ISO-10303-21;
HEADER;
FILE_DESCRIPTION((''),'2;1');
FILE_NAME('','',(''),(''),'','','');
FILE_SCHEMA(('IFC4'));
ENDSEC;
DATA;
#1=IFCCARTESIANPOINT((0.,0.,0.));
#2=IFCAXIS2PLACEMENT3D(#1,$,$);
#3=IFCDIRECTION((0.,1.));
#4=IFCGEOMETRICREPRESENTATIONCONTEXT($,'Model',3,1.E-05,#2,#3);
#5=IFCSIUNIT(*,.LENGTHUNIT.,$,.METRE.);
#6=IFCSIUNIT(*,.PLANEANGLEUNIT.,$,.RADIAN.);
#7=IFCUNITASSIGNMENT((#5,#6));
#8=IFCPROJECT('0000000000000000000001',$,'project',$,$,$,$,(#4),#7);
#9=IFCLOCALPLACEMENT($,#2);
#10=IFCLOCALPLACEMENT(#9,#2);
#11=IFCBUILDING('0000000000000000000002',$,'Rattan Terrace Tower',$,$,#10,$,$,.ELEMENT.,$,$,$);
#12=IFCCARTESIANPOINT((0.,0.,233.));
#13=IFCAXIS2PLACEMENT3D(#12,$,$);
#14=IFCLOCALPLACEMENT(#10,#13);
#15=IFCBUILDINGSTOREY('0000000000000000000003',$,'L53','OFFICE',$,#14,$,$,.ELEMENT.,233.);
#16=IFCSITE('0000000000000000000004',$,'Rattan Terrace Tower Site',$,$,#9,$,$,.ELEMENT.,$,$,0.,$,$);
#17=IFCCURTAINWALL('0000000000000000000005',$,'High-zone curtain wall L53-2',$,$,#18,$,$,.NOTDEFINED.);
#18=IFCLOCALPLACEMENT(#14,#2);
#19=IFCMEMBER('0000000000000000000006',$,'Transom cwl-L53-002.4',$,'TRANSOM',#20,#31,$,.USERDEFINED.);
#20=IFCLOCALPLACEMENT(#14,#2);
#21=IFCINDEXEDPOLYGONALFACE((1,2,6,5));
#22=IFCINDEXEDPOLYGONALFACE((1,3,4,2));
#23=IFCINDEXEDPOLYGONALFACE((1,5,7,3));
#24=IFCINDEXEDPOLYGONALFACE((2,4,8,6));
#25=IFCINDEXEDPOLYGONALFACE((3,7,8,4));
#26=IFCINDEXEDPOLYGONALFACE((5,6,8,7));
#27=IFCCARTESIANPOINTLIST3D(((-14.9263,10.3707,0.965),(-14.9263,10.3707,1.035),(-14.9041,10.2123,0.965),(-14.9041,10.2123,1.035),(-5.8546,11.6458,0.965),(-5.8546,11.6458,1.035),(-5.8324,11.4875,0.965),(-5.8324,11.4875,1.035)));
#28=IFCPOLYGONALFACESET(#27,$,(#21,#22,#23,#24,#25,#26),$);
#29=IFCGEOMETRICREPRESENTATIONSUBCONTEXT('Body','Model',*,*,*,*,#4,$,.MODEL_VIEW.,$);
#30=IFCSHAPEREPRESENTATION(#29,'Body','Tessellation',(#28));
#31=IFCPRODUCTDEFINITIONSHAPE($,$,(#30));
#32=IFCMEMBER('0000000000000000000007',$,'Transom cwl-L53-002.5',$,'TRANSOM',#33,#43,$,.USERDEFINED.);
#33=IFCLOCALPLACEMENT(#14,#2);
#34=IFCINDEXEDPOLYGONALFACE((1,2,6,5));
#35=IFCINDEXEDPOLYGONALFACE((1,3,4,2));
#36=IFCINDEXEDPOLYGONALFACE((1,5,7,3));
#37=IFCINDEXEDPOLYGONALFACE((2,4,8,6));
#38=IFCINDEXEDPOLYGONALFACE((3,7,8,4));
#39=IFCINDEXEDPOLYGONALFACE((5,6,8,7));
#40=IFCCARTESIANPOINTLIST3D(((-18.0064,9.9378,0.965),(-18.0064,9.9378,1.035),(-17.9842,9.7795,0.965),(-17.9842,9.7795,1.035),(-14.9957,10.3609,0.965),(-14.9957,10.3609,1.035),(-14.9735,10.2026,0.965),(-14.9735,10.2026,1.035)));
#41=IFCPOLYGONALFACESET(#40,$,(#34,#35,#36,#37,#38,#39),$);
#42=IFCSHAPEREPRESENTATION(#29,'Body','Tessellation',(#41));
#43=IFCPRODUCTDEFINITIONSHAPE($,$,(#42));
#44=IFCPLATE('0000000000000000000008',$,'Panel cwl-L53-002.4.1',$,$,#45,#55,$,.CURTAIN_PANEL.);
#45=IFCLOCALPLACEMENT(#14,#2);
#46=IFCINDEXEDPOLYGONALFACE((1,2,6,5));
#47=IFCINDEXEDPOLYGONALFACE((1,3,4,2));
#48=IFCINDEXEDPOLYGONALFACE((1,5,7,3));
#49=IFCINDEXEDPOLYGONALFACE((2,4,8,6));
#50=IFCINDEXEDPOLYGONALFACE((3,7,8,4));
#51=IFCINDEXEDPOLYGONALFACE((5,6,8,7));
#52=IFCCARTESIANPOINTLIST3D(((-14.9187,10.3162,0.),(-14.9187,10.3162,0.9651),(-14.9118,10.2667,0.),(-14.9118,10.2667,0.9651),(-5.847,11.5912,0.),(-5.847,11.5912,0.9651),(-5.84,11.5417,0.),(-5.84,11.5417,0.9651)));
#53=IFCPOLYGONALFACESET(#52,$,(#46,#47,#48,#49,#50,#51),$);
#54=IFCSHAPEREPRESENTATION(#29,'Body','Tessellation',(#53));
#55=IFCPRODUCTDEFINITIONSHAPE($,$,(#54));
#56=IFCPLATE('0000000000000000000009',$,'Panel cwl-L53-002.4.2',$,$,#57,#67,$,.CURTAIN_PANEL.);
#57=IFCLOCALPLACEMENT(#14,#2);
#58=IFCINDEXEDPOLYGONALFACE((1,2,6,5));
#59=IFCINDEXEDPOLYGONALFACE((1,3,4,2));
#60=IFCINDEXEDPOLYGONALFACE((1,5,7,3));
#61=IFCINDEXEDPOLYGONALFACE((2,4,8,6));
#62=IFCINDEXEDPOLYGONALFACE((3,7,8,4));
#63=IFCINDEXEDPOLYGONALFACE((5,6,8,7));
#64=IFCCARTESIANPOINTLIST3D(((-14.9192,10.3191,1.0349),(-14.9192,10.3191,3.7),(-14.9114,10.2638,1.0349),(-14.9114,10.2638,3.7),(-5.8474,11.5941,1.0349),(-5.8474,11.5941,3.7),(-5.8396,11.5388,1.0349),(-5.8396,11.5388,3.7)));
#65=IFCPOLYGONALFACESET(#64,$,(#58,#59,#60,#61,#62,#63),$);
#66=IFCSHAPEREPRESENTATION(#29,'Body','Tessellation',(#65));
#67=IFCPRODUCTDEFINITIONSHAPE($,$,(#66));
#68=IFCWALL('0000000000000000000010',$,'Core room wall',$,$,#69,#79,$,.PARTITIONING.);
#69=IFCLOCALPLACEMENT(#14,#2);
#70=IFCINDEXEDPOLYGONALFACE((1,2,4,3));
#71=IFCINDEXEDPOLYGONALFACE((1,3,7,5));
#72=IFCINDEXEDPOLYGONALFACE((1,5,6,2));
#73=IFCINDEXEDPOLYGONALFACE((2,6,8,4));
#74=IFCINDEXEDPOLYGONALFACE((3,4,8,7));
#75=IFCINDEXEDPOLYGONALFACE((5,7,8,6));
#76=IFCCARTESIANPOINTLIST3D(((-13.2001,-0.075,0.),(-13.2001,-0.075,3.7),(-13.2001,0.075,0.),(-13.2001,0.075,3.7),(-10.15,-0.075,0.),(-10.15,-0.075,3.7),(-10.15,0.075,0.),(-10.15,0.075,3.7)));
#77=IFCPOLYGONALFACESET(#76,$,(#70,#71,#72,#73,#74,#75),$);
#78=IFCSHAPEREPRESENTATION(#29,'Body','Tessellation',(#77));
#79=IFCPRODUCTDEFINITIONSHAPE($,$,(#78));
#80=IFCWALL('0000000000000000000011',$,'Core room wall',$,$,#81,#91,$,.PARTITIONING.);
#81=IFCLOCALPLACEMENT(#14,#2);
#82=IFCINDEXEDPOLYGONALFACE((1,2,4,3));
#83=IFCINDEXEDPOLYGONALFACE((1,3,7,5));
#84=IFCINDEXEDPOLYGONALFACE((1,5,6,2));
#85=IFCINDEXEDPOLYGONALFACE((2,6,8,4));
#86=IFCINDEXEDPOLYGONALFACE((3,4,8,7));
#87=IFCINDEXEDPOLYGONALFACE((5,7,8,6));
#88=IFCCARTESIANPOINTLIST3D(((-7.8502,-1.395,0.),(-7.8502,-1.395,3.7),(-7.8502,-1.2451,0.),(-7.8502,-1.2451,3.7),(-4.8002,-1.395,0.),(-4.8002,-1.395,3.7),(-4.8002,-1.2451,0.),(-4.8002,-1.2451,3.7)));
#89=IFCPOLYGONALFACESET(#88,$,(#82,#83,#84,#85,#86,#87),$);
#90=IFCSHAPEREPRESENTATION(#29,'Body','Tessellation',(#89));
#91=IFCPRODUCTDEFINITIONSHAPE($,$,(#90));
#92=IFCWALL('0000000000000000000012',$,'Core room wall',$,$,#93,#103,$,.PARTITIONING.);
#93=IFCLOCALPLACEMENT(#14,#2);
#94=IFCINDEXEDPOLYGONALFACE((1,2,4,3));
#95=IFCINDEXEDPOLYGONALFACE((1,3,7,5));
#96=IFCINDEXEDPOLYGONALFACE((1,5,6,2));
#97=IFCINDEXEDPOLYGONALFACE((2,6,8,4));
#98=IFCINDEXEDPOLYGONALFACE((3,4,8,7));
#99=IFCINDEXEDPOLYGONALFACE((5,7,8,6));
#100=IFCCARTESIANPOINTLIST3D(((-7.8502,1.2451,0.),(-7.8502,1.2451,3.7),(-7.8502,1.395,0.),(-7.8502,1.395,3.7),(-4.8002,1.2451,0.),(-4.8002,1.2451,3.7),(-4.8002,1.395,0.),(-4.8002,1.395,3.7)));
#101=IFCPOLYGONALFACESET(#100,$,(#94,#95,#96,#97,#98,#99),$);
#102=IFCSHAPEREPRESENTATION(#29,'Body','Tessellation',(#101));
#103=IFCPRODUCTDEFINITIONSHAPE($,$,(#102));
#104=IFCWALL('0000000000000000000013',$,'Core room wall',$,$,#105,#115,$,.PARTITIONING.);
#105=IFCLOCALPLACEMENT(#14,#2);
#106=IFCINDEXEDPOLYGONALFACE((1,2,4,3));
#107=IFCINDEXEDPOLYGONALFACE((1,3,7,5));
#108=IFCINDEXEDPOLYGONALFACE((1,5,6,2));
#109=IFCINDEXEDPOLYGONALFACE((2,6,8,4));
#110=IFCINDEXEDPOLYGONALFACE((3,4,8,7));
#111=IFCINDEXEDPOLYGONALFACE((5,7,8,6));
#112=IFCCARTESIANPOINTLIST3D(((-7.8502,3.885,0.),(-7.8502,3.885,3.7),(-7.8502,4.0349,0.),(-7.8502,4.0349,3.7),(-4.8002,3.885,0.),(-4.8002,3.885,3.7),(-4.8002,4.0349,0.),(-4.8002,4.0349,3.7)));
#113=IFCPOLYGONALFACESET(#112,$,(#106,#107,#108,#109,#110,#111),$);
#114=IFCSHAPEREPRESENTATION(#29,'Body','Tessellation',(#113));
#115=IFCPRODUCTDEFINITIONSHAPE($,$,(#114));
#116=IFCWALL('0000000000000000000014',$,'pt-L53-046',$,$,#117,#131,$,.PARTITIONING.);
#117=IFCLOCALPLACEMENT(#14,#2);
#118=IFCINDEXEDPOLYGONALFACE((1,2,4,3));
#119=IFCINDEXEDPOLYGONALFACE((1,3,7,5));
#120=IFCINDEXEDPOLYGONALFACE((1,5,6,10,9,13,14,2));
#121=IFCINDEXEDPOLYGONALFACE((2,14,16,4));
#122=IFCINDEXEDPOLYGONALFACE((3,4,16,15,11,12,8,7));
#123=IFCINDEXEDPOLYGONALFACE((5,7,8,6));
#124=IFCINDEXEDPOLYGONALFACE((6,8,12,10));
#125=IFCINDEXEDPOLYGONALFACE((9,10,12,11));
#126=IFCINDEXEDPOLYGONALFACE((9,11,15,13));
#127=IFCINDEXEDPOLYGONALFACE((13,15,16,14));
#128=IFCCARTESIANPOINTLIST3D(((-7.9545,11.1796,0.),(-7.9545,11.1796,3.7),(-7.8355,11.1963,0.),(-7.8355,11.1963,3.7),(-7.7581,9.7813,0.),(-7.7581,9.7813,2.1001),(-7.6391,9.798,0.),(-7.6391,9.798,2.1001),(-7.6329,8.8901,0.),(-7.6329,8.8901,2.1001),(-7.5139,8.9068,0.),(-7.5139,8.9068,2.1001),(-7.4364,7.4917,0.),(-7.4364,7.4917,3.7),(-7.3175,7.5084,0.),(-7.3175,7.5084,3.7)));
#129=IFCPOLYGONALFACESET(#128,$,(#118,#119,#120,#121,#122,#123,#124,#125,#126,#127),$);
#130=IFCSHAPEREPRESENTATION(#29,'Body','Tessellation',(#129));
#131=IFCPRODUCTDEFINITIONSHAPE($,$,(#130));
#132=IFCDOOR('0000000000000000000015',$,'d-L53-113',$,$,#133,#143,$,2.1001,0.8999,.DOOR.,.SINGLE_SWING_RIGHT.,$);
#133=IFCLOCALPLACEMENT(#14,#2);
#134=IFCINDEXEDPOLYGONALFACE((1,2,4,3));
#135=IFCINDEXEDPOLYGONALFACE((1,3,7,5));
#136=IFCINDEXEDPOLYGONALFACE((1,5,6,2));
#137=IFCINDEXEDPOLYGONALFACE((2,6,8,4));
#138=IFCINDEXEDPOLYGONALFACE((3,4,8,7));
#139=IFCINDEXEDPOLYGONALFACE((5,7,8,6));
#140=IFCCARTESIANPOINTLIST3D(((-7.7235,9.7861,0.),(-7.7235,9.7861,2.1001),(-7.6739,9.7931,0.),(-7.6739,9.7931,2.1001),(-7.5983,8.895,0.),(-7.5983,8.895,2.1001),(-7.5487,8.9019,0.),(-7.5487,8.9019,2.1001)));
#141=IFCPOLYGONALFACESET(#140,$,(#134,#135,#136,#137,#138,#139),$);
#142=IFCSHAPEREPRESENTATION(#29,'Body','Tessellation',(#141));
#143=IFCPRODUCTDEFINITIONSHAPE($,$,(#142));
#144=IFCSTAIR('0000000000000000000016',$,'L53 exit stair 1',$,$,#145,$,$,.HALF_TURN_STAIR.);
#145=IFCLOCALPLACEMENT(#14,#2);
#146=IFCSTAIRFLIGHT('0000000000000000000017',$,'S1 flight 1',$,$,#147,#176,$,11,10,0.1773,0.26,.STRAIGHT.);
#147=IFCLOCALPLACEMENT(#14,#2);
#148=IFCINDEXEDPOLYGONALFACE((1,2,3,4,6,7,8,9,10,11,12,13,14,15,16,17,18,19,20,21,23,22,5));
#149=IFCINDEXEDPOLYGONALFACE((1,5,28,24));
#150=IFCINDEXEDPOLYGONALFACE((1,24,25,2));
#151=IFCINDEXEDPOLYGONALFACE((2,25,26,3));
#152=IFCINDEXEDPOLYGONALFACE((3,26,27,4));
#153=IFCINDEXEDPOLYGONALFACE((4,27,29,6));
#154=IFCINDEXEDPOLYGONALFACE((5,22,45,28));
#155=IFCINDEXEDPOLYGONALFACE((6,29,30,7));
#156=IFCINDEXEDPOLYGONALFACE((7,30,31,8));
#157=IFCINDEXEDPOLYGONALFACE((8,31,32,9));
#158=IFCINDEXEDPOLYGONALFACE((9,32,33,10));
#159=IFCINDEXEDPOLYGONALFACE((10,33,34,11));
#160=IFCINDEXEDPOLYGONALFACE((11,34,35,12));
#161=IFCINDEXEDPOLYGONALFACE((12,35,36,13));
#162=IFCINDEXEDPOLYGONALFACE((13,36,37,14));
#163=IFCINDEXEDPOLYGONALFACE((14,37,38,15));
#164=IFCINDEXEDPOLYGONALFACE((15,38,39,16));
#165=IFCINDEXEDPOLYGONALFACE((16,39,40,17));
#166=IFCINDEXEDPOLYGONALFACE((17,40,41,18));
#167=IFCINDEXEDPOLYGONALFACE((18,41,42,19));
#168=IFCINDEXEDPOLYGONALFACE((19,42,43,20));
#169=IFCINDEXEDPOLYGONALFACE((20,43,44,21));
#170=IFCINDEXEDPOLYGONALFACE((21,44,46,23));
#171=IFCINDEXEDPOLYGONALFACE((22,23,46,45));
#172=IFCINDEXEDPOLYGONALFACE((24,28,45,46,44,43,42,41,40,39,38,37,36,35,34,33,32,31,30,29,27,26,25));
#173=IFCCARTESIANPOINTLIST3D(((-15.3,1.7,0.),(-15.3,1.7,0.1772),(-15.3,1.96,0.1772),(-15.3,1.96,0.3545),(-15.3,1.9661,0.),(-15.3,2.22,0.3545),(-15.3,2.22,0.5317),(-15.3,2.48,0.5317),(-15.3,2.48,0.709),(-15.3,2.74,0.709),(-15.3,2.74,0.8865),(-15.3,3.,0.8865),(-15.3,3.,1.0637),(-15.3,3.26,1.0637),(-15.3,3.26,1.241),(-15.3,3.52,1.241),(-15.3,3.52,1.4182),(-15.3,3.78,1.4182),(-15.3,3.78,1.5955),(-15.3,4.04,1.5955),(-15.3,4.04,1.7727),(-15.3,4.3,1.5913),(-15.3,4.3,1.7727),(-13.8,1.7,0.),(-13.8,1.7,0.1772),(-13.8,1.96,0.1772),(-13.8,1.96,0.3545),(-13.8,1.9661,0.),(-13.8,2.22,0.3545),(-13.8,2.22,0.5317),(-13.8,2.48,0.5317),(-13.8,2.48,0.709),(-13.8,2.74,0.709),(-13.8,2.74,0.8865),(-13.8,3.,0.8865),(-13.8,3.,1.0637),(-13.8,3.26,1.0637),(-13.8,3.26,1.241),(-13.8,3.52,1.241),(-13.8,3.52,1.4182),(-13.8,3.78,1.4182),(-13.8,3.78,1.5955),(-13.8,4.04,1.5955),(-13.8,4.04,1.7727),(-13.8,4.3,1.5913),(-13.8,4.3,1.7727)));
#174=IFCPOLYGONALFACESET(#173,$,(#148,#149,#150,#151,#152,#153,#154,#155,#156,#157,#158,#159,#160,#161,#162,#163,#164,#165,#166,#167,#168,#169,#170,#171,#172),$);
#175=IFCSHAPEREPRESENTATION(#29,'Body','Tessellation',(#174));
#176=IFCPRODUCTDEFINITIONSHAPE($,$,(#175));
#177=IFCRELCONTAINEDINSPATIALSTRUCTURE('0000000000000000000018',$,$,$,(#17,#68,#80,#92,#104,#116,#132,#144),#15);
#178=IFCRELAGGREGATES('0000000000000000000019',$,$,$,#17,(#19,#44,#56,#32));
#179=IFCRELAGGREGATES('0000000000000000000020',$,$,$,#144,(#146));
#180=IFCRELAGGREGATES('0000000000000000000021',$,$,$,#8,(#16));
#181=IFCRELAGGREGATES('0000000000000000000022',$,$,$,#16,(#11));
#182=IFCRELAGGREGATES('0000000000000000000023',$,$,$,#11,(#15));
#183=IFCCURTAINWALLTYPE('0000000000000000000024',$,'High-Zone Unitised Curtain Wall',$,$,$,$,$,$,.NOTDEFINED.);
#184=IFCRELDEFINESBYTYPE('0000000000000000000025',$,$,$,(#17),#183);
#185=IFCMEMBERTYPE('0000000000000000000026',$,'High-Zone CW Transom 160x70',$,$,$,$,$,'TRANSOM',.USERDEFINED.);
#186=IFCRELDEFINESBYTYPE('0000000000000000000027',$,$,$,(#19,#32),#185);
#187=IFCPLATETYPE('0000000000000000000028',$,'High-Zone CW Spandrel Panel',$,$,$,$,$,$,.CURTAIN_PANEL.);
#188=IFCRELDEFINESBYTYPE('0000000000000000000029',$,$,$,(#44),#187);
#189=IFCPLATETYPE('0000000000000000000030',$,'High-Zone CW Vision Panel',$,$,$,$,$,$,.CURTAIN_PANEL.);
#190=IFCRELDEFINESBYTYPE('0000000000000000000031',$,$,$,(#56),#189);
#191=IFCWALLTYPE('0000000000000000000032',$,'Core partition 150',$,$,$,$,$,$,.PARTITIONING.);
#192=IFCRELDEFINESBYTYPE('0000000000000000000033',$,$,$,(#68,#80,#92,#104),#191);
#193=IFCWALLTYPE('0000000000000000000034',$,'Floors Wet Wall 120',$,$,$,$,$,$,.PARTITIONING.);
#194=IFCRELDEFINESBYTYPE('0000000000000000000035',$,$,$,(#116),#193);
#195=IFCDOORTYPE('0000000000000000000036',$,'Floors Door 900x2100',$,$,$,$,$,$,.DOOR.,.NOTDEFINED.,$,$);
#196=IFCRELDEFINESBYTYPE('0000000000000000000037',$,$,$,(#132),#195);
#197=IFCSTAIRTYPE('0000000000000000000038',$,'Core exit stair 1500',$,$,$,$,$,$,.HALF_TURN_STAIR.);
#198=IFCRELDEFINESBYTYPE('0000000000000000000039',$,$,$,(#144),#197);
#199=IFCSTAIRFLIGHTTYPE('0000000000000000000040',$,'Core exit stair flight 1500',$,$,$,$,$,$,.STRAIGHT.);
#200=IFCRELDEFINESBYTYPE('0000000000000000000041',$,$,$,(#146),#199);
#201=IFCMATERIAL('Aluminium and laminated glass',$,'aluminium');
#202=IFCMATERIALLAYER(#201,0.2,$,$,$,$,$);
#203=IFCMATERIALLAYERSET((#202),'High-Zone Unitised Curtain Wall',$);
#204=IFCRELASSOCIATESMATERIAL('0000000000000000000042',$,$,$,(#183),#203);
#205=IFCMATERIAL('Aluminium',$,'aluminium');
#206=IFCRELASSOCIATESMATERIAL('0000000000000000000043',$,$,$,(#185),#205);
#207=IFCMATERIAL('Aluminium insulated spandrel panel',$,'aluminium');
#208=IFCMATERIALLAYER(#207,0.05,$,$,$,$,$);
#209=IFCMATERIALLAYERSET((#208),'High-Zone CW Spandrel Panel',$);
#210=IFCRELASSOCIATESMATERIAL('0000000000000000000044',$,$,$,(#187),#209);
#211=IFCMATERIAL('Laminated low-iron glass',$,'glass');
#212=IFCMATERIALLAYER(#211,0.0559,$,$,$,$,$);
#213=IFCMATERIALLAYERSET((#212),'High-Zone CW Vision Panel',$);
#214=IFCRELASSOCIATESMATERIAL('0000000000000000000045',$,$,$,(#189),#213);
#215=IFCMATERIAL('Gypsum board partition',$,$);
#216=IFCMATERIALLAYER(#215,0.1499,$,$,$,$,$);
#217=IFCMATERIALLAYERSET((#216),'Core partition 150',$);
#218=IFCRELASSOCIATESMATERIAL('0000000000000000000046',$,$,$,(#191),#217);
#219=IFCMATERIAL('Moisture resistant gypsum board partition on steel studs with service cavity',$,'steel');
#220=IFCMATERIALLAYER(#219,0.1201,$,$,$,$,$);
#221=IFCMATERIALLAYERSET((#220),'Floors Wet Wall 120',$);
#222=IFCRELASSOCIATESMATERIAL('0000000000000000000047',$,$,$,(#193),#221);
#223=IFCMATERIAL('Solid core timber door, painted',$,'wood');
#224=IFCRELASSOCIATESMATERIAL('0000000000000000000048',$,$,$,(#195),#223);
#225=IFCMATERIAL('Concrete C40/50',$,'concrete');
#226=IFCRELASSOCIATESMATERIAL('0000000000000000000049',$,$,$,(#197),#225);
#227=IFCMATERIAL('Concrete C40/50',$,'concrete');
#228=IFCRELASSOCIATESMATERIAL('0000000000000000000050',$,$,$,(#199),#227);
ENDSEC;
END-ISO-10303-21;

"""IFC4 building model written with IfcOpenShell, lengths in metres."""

from ifc_helpers import new_model, si_unit, direction, frame, frame_2d, origin, origin_2d, place, context, subcontext, project, spatial, polyline, rectangle, outline, extrude, material, layer, layer_set, material_profile, profile_set, type_object, element, fill, aggregate, save


model = new_model("IFC4")

# Units and contexts
model_context = context("Model", 3, precision=1e-05, world=origin(), true_north=direction((0.0, 1.0)))
body_context = subcontext(model_context, "Body", "Model", "MODEL_VIEW")
ifc_project = project(units=[si_unit("LENGTHUNIT", "METRE"), si_unit("PLANEANGLEUNIT", "RADIAN")], contexts=[model_context])

# Site, building, storey
site_placement = place(None, origin())
site = spatial("IfcSite", under=ifc_project, at=site_placement, Name="Rattan Terrace Tower Site", CompositionType="ELEMENT", RefElevation=0.0)
building_placement = place(site_placement, origin())
building = spatial("IfcBuilding", under=site, at=building_placement, Name="Rattan Terrace Tower", CompositionType="ELEMENT")
storey_placement = place(building_placement, frame((0.0, 0.0, 233.0)))
storey = spatial("IfcBuildingStorey", under=building, at=storey_placement, Name="L53", Description="OFFICE", CompositionType="ELEMENT", Elevation=233.0)

# Curtain wall, members, plates
ifc_material_1 = material(Name="Aluminium and laminated glass", Category="aluminium")
ifc_layer_1 = layer(ifc_material_1, 0.2)
ifc_layer_set_1 = layer_set([ifc_layer_1], Name="High-Zone Unitised Curtain Wall")
curtain_wall_type = type_object("IfcCurtainWallType", Name="High-Zone Unitised Curtain Wall", PredefinedType="NOTDEFINED", material=ifc_layer_set_1)
curtain_wall_placement = place(storey_placement, origin())
curtain_wall = element("IfcCurtainWall", 1, at=curtain_wall_placement, inside=storey, type_object=curtain_wall_type, Name="High-zone curtain wall L53-2", PredefinedType="NOTDEFINED")
ifc_material_2 = material(Name="Aluminium", Category="aluminium")
ifc_material_profile_1 = material_profile(ifc_material_2, rectangle(XDim=0.1599, YDim=0.0701, at=origin_2d()), Name="Aluminium 160x70")
ifc_profile_set_1 = profile_set([ifc_material_profile_1], Name="Aluminium")
member_type_1 = type_object("IfcMemberType", Name="High-Zone CW Transom 160x70", ElementType="TRANSOM", PredefinedType="USERDEFINED", material=ifc_profile_set_1)
member_1_placement = place(storey_placement, frame((-5.8435, 11.5667, 1.0), z_axis=(-0.990265, -0.139194, 0.0), x_axis=(0.139194, -0.990265, 0.0)))
member_1 = element("IfcMember", 2, at=member_1_placement, type_object=member_type_1, Name="Transom cwl-L53-002.4", ObjectType="TRANSOM", PredefinedType="USERDEFINED", context=body_context, shape_type="SweptSolid", body=[
    extrude(rectangle(XDim=0.1599, YDim=0.0701, at=origin_2d()), origin(), (0.0, 0.0, 1.0), 9.1609),
])
member_2_placement = place(storey_placement, frame((-14.9846, 10.2817, 1.0), z_axis=(-0.99027, -0.139161, 0.0), x_axis=(0.139161, -0.99027, 0.0)))
member_2 = element("IfcMember", 3, at=member_2_placement, type_object=member_type_1, Name="Transom cwl-L53-002.5", ObjectType="TRANSOM", PredefinedType="USERDEFINED", context=body_context, shape_type="SweptSolid", body=[
    extrude(rectangle(XDim=0.1599, YDim=0.0701, at=origin_2d()), origin(), (0.0, 0.0, 1.0), 3.0403),
])
ifc_material_3 = material(Name="Aluminium insulated spandrel panel", Category="aluminium")
ifc_layer_2 = layer(ifc_material_3, 0.05)
ifc_layer_set_2 = layer_set([ifc_layer_2], Name="High-Zone CW Spandrel Panel")
plate_type_1 = type_object("IfcPlateType", Name="High-Zone CW Spandrel Panel", PredefinedType="CURTAIN_PANEL", material=ifc_layer_set_2)
plate_1_placement = place(storey_placement, frame((-10.3794, 10.929, 0.0), z_axis=(0.0, 0.0, 1.0), x_axis=(-0.990267, -0.139177, 0.0)))
plate_1 = element("IfcPlate", 4, at=plate_1_placement, type_object=plate_type_1, Name="Panel cwl-L53-002.4.1", PredefinedType="CURTAIN_PANEL", context=body_context, shape_type="SweptSolid", body=[
    extrude(rectangle(XDim=9.1609, YDim=0.05, at=origin_2d()), origin(), (0.0, 0.0, 1.0), 0.9651),
])
ifc_material_4 = material(Name="Laminated low-iron glass", Category="glass")
ifc_layer_3 = layer(ifc_material_4, 0.0559)
ifc_layer_set_3 = layer_set([ifc_layer_3], Name="High-Zone CW Vision Panel")
plate_type_2 = type_object("IfcPlateType", Name="High-Zone CW Vision Panel", PredefinedType="CURTAIN_PANEL", material=ifc_layer_set_3)
plate_2_placement = place(storey_placement, frame((-10.3794, 10.929, 1.0349), z_axis=(0.0, 0.0, 1.0), x_axis=(-0.990267, -0.139177, 0.0)))
plate_2 = element("IfcPlate", 5, at=plate_2_placement, type_object=plate_type_2, Name="Panel cwl-L53-002.4.2", PredefinedType="CURTAIN_PANEL", context=body_context, shape_type="SweptSolid", body=[
    extrude(rectangle(XDim=9.1609, YDim=0.0559, at=origin_2d()), origin(), (0.0, 0.0, 1.0), 2.665),
])
aggregate(curtain_wall, [member_1, plate_1, plate_2, member_2])

# Walls
ifc_material_5 = material(Name="Gypsum board partition")
ifc_layer_4 = layer(ifc_material_5, 0.1499)
ifc_layer_set_4 = layer_set([ifc_layer_4], Name="Core partition 150")
wall_type_1 = type_object("IfcWallType", Name="Core partition 150", PredefinedType="PARTITIONING", material=ifc_layer_set_4)
for number, where, z_axis, x_axis, name in (
    (6, (-13.2, 0.0, 0.0), (0.0, 0.0, 1.0), (1.0, 0.0, 0.0), "Core room wall"),
    (7, (-7.8501, -1.3201, 0.0), (0.0, 0.0, 1.0), (1.0, 0.0, 0.0), "Core room wall"),
    (8, (-7.8501, 1.3201, 0.0), (0.0, 0.0, 1.0), (1.0, 0.0, 0.0), "Core room wall"),
    (9, (-7.8501, 3.96, 0.0), (0.0, 0.0, 1.0), (1.0, 0.0, 0.0), "Core room wall"),
):
    element("IfcWall", number, at=place(storey_placement, frame(where, z_axis=z_axis, x_axis=x_axis)), inside=storey, type_object=wall_type_1, Name=name, PredefinedType="PARTITIONING", context=body_context, shape_type="SweptSolid", body=[
        extrude(rectangle(XDim=3.05, YDim=0.1499, at=frame_2d((1.5249, 0.0))), origin(), (0.0, 0.0, 1.0), 3.7),
    ])

# Wall, opening, door
ifc_material_6 = material(Name="Moisture resistant gypsum board partition on steel studs with service cavity", Category="steel")
ifc_layer_5 = layer(ifc_material_6, 0.1201)
ifc_layer_set_5 = layer_set([ifc_layer_5], Name="Floors Wet Wall 120")
wall_type_2 = type_object("IfcWallType", Name="Floors Wet Wall 120", PredefinedType="PARTITIONING", material=ifc_layer_set_5)
wall_placement = place(storey_placement, frame((-7.895, 11.188, 0.0), z_axis=(0.0, 0.0, 1.0), x_axis=(0.139108, -0.990277, 0.0)))
wall = element("IfcWall", 10, at=wall_placement, inside=storey, type_object=wall_type_2, Name="pt-L53-046", PredefinedType="PARTITIONING", context=body_context, shape_type="SweptSolid", body=[
    extrude(rectangle(XDim=3.7241, YDim=0.1201, at=frame_2d((1.8621, 0.0))), origin(), (0.0, 0.0, 1.0), 3.7),
])
opening_placement = place(wall_placement, frame((1.4121, 0.0, 0.0)))
opening = element("IfcOpeningElement", 11, at=opening_placement, cuts=wall, PredefinedType="OPENING", context=body_context, shape_type="SweptSolid", body=[
    extrude(rectangle(XDim=0.8999, YDim=2.1001, at=frame_2d((0.45, 1.05))), frame((0.0, 0.0706, 0.0), z_axis=(0.0, -1.0, 0.0), x_axis=(1.0, 0.0, 0.0)), (0.0, 0.0, 1.0), 0.1411),
])
ifc_material_7 = material(Name="Solid core timber door, painted", Category="wood")
door_type = type_object("IfcDoorType", Name="Floors Door 900x2100", OperationType="NOTDEFINED", PredefinedType="DOOR", material=ifc_material_7)
door_placement = place(opening_placement, origin())
door = element("IfcDoor", 12, at=door_placement, inside=storey, type_object=door_type, Name="d-L53-113", OperationType="SINGLE_SWING_RIGHT", OverallHeight=2.1001, OverallWidth=0.8999, PredefinedType="DOOR", context=body_context, shape_type="SweptSolid", body=[
    extrude(rectangle(XDim=0.8999, YDim=2.1001, at=frame_2d((0.45, 1.05))), frame((0.0, 0.0249, 0.0), z_axis=(0.0, -1.0, 0.0), x_axis=(1.0, 0.0, 0.0)), (0.0, 0.0, 1.0), 0.05),
])
fill(opening, door)

# Stair, stair flight
ifc_material_8 = material(Name="Concrete C40/50", Category="concrete")
stair_type = type_object("IfcStairType", Name="Core exit stair 1500", PredefinedType="HALF_TURN_STAIR", material=ifc_material_8)
stair_placement = place(storey_placement, origin())
stair = element("IfcStair", 13, at=stair_placement, inside=storey, type_object=stair_type, Name="L53 exit stair 1", PredefinedType="HALF_TURN_STAIR")
ifc_material_9 = material(Name="Concrete C40/50", Category="concrete")
stair_flight_type = type_object("IfcStairFlightType", Name="Core exit stair flight 1500", PredefinedType="STRAIGHT", material=ifc_material_9)
stair_flight_placement = place(storey_placement, frame((-14.55, 1.7, 0.0), z_axis=(0.0, 0.0, 1.0), x_axis=(0.0, 1.0, 0.0)))
stair_flight = element("IfcStairFlight", 14, at=stair_flight_placement, type_object=stair_flight_type, Name="S1 flight 1", NumberOfRisers=11, NumberOfTreads=10, PredefinedType="STRAIGHT", RiserHeight=0.1773, TreadLength=0.26, context=body_context, shape_type="SweptSolid", body=[
    extrude(outline(polyline([(0.0, 0.0), (0.0, 0.1772), (0.26, 0.1772), (0.26, 0.3545), (0.52, 0.3545), (0.52, 0.5317), (0.78, 0.5317), (0.78, 0.709), (1.04, 0.709), (1.04, 0.8865), (1.3, 0.8865), (1.3, 1.0637), (1.5601, 1.0637), (1.5601, 1.241), (1.8201, 1.241), (1.8201, 1.4182), (2.0801, 1.4182), (2.0801, 1.5955), (2.3401, 1.5955), (2.3401, 1.7727), (2.6001, 1.7727), (2.6001, 1.95), (2.6001, 1.5913), (0.2661, 0.0), (0.0, 0.0)])), frame((0.0, 0.75, 0.0), z_axis=(0.0, -1.0, 0.0), x_axis=(1.0, 0.0, 0.0)), (0.0, 0.0, 1.0), 1.5),
])
aggregate(stair, [stair_flight])

save(model, "model.ifc")
